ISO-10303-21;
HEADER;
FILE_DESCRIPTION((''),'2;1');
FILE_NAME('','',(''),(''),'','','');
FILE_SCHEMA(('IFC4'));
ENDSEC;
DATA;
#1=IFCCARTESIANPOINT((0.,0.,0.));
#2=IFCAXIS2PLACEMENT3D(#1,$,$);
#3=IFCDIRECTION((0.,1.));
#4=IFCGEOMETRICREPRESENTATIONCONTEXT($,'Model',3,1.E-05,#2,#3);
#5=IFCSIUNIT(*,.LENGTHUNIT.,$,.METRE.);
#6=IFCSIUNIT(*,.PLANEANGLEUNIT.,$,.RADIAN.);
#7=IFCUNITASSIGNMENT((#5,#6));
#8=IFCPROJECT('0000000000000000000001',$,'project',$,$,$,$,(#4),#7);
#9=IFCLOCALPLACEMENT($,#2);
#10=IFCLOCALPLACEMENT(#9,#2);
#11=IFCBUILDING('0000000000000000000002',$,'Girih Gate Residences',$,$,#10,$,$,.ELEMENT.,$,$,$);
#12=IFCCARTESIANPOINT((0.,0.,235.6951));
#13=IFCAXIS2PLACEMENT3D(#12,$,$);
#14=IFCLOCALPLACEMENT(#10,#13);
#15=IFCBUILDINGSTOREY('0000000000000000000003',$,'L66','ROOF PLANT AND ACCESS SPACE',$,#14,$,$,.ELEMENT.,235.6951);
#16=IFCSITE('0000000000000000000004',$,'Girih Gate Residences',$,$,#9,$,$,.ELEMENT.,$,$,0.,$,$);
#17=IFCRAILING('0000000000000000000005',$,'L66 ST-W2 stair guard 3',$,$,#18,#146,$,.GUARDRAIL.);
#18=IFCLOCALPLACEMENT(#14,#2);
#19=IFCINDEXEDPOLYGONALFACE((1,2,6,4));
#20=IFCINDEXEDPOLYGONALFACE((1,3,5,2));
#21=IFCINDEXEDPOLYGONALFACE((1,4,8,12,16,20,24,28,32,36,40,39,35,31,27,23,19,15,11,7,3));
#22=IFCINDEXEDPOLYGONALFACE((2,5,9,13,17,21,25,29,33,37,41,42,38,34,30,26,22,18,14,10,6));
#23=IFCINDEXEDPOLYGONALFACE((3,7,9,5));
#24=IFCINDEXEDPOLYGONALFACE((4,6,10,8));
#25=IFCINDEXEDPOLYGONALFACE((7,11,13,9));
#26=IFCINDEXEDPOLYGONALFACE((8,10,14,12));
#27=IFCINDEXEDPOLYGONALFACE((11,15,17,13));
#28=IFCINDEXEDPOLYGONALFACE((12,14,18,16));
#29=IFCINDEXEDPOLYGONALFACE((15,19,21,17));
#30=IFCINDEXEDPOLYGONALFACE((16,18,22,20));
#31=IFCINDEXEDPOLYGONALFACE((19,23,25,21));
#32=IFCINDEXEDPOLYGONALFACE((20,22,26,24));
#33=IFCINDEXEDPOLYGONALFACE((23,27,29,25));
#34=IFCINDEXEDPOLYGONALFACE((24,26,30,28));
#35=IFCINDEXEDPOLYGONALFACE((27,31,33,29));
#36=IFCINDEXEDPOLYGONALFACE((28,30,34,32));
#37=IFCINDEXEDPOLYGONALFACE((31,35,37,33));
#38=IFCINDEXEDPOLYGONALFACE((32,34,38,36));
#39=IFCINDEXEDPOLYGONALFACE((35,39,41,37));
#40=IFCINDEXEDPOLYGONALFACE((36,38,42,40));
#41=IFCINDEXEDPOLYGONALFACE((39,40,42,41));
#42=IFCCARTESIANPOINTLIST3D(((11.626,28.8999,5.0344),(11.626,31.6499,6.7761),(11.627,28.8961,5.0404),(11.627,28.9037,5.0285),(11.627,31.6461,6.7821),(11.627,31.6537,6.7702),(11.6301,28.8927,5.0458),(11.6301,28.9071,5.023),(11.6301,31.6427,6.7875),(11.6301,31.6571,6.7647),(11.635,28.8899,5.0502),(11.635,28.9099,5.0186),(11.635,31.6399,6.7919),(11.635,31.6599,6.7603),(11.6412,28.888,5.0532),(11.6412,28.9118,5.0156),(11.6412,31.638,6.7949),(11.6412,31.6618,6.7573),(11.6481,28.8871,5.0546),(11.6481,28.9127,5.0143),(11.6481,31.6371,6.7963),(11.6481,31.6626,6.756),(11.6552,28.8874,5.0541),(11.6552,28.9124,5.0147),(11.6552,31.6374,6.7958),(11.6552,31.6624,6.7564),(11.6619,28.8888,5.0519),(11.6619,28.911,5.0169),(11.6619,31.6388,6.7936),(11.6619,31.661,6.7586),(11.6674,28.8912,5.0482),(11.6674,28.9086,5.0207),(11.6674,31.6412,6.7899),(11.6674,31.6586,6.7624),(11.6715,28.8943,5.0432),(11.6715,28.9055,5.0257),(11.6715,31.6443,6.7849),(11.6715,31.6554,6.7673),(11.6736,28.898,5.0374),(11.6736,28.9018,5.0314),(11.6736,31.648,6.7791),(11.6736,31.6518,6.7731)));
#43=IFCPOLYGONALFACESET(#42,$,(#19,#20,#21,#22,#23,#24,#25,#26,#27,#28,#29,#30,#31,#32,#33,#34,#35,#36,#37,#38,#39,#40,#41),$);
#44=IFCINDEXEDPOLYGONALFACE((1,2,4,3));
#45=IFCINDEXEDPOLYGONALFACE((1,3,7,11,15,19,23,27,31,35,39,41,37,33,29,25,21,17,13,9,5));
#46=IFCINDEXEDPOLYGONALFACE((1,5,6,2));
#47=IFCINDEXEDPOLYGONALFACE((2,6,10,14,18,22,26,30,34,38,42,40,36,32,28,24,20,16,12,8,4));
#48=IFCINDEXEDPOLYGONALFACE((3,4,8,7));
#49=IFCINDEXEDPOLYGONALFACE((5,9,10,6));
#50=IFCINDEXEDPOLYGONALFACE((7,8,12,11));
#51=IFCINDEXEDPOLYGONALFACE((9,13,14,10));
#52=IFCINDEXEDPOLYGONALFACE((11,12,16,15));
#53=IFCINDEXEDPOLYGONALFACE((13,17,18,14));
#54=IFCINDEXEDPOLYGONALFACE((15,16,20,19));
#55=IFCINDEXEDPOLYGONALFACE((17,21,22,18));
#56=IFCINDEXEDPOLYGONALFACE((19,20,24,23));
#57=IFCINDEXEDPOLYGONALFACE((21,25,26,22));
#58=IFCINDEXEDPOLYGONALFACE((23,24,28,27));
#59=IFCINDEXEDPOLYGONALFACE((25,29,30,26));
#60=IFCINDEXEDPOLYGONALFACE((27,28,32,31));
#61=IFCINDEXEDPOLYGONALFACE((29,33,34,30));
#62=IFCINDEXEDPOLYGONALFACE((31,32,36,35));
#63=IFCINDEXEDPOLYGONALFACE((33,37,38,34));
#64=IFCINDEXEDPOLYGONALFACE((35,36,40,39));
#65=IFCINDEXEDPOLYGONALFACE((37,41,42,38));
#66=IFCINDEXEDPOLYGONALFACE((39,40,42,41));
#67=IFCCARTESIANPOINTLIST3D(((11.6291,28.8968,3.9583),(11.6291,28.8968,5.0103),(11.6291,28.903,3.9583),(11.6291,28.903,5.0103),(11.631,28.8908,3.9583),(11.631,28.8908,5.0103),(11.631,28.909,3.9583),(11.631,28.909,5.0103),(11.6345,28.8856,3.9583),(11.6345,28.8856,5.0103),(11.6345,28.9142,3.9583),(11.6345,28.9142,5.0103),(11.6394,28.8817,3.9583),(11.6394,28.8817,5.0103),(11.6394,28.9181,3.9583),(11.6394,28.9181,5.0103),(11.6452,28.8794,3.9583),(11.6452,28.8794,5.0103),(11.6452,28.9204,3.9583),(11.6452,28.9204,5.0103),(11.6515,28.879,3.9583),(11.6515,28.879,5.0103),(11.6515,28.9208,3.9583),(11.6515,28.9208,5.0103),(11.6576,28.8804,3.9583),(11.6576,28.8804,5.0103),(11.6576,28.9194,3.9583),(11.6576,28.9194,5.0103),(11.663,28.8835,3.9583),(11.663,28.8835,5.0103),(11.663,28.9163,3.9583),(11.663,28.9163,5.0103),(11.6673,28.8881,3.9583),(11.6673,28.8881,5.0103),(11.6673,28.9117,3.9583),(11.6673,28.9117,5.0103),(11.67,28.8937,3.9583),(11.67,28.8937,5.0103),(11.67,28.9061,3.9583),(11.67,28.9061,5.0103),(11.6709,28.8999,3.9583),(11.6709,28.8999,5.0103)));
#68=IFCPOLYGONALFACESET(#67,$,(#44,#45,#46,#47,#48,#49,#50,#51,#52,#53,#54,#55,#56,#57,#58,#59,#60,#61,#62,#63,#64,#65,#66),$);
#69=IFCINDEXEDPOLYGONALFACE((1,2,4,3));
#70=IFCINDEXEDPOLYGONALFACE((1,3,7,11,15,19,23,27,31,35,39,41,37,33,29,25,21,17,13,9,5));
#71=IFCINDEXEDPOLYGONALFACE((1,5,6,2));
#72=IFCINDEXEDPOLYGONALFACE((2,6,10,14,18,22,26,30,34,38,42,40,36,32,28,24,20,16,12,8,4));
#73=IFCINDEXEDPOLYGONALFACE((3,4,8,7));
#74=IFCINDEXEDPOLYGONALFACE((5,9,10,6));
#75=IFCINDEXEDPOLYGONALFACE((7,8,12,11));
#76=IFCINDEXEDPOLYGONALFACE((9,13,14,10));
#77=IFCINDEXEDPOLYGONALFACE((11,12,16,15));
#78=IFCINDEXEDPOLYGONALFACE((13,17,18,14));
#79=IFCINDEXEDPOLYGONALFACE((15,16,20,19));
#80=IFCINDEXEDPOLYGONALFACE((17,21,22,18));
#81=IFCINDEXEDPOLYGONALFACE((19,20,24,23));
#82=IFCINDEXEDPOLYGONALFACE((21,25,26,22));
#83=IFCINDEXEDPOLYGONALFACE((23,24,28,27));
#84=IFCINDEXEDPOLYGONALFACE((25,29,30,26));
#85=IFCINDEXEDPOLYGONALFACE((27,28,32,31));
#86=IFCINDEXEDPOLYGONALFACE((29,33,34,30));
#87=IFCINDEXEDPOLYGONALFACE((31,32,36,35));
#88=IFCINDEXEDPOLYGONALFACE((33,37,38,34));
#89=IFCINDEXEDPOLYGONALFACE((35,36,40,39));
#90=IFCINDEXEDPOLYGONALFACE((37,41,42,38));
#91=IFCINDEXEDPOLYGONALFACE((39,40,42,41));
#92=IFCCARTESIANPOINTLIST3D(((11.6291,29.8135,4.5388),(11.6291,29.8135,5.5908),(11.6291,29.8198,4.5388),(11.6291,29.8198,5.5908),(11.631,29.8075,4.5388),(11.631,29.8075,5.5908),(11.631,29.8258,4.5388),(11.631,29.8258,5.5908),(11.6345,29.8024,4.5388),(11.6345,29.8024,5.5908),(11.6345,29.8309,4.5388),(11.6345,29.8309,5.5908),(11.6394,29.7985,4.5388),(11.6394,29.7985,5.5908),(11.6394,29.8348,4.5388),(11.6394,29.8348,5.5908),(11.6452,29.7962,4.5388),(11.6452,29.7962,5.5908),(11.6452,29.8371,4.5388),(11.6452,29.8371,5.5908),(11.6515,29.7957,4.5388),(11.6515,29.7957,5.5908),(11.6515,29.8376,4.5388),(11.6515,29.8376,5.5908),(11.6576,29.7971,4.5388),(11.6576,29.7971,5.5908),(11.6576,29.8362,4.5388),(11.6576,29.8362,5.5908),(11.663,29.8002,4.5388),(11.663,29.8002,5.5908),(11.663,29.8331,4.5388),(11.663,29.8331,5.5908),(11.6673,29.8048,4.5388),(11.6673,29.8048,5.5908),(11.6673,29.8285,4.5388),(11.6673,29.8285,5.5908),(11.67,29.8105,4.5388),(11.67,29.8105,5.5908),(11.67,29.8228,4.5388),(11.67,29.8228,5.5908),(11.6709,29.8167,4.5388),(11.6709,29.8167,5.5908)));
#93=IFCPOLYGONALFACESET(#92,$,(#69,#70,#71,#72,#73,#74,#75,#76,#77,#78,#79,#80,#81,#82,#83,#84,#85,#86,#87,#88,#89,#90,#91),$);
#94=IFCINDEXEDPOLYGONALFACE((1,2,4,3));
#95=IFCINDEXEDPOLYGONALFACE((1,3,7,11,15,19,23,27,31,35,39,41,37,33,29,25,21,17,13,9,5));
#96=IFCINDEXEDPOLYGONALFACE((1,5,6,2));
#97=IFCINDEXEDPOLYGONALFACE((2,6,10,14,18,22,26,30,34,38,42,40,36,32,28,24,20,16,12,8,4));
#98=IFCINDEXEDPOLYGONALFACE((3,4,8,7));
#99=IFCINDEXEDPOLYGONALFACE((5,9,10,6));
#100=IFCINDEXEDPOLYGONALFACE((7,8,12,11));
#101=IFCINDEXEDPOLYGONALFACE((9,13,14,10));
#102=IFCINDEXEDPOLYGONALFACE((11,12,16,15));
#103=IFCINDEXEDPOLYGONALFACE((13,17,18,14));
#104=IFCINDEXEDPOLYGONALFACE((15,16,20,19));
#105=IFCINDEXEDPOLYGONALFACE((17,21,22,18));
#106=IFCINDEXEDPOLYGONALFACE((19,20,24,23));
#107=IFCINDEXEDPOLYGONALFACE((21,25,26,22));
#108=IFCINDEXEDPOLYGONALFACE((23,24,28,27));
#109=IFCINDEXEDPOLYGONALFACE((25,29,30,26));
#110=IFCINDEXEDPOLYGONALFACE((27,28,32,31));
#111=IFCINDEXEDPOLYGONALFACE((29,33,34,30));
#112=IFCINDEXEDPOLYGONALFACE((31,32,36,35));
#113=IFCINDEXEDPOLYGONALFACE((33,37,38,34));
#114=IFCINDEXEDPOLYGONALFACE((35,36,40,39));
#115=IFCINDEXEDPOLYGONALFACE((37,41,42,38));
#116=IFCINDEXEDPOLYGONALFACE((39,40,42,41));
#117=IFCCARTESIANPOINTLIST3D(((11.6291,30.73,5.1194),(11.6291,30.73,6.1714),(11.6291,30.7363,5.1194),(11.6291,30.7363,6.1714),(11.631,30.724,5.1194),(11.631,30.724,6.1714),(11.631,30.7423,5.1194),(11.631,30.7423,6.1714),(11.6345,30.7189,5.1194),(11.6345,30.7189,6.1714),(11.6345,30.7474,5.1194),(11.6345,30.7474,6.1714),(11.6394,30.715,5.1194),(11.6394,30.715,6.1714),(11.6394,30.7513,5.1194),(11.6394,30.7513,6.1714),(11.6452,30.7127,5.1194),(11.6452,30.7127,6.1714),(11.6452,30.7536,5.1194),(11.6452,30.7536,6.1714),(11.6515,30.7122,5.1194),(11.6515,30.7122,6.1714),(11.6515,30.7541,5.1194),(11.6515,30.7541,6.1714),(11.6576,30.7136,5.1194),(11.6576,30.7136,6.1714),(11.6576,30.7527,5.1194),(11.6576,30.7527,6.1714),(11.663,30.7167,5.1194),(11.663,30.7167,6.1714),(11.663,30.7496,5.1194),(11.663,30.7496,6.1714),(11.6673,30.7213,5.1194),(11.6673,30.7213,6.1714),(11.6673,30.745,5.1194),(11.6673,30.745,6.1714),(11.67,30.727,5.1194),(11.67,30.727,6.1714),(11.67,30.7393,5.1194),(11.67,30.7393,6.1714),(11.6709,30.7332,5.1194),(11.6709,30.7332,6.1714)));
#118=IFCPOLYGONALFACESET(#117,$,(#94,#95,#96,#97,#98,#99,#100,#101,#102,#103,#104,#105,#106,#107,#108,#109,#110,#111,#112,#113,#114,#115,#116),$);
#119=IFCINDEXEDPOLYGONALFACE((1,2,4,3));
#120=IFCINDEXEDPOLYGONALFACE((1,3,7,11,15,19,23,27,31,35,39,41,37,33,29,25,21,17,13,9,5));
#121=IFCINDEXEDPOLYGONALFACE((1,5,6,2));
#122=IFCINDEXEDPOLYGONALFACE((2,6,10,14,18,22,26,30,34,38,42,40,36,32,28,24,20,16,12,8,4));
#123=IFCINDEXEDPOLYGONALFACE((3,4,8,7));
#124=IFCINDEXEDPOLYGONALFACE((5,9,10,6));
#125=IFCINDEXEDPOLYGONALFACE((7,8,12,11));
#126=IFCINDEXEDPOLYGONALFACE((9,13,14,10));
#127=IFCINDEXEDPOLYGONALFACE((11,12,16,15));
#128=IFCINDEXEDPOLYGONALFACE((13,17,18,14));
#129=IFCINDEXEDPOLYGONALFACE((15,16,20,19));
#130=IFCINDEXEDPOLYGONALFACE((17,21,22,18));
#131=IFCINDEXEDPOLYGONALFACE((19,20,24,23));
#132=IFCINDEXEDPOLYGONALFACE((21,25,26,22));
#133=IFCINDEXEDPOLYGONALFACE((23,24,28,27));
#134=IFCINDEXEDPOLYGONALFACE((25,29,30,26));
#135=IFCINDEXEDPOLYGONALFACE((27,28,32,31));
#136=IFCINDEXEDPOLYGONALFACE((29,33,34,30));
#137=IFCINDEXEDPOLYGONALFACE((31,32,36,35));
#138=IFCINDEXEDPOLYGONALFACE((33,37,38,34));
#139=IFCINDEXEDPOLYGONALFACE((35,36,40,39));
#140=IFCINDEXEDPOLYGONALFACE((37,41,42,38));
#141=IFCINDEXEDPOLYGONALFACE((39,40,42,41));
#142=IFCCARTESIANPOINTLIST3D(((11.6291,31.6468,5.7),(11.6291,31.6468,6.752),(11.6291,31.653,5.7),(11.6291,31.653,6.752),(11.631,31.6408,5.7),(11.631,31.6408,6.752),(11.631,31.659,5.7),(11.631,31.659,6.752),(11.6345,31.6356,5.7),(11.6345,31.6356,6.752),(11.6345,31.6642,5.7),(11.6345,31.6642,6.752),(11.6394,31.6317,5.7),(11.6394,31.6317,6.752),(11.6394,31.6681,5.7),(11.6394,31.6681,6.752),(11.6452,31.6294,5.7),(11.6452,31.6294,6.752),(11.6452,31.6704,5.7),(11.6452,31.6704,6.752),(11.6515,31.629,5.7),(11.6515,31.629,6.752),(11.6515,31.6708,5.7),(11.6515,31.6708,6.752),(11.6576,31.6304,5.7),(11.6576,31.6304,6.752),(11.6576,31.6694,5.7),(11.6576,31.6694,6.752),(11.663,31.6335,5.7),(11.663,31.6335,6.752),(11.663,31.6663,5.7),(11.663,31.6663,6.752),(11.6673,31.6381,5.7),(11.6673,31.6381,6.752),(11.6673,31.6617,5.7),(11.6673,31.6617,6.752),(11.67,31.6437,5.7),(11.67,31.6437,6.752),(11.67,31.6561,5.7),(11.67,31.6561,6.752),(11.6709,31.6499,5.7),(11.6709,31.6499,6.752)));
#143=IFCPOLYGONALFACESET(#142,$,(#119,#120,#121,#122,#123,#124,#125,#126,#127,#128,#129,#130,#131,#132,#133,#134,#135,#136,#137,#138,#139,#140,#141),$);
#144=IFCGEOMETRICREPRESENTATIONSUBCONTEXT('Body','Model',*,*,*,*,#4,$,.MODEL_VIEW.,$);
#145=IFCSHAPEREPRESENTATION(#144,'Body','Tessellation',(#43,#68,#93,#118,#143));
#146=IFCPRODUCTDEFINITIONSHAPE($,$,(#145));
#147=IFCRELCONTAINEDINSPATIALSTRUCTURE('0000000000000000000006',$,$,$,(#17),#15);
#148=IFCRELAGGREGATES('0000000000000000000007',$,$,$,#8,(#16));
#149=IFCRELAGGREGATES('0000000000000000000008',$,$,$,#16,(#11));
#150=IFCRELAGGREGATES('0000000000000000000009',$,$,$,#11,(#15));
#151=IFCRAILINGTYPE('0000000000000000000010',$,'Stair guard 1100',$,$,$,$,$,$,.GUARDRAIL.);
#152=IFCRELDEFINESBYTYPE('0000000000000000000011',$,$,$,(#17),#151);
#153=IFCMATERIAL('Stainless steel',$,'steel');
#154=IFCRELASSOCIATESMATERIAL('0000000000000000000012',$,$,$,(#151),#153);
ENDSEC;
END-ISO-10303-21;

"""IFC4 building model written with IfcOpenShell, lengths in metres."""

from ifc_helpers import new_model, si_unit, direction, frame, origin, origin_2d, place, context, subcontext, project, spatial, circle, extrude, material, type_object, element, save


model = new_model("IFC4")

# Units and contexts
model_context = context("Model", 3, precision=1e-05, world=origin(), true_north=direction((0.0, 1.0)))
body_context = subcontext(model_context, "Body", "Model", "MODEL_VIEW")
ifc_project = project(units=[si_unit("LENGTHUNIT", "METRE"), si_unit("PLANEANGLEUNIT", "RADIAN")], contexts=[model_context])

# Site, building, storey
site_placement = place(None, origin())
site = spatial("IfcSite", under=ifc_project, at=site_placement, Name="Girih Gate Residences", CompositionType="ELEMENT", RefElevation=0.0)
building_placement = place(site_placement, origin())
building = spatial("IfcBuilding", under=site, at=building_placement, Name="Girih Gate Residences", CompositionType="ELEMENT")
storey_placement = place(building_placement, frame((0.0, 0.0, 235.6951)))
storey = spatial("IfcBuildingStorey", under=building, at=storey_placement, Name="L66", Description="ROOF PLANT AND ACCESS SPACE", CompositionType="ELEMENT", Elevation=235.6951)

# Railing
ifc_material_1 = material(Name="Stainless steel", Category="steel")
railing_type_1 = type_object("IfcRailingType", Name="Stair guard 1100", PredefinedType="GUARDRAIL", material=ifc_material_1)
railing_1_placement = place(storey_placement, frame((11.6499, 28.8999, 3.9583)))
element("IfcRailing", 1, at=railing_1_placement, inside=storey, type_object=railing_type_1, Name="L66 ST-W2 stair guard 3", PredefinedType="GUARDRAIL", context=body_context, shape_type="SweptSolid", body=[
    extrude(circle(Radius=0.0239, at=origin_2d()), frame((0.0, 0.0, 1.0762), z_axis=(0.0, 0.844815, 0.535059), x_axis=(-1.0, 0.0, 0.0)), (0.0, 0.0, 1.0), 3.2551),
    extrude(circle(Radius=0.021, at=origin_2d()), origin(), (0.0, 0.0, 1.0), 1.052),
    extrude(circle(Radius=0.021, at=origin_2d()), frame((0.0, 0.9167, 0.5806)), (0.0, 0.0, 1.0), 1.052),
    extrude(circle(Radius=0.021, at=origin_2d()), frame((0.0, 1.8333, 1.1611)), (0.0, 0.0, 1.0), 1.052),
    extrude(circle(Radius=0.021, at=origin_2d()), frame((0.0, 2.75, 1.7417)), (0.0, 0.0, 1.0), 1.052),
])

save(model, "model.ifc")
